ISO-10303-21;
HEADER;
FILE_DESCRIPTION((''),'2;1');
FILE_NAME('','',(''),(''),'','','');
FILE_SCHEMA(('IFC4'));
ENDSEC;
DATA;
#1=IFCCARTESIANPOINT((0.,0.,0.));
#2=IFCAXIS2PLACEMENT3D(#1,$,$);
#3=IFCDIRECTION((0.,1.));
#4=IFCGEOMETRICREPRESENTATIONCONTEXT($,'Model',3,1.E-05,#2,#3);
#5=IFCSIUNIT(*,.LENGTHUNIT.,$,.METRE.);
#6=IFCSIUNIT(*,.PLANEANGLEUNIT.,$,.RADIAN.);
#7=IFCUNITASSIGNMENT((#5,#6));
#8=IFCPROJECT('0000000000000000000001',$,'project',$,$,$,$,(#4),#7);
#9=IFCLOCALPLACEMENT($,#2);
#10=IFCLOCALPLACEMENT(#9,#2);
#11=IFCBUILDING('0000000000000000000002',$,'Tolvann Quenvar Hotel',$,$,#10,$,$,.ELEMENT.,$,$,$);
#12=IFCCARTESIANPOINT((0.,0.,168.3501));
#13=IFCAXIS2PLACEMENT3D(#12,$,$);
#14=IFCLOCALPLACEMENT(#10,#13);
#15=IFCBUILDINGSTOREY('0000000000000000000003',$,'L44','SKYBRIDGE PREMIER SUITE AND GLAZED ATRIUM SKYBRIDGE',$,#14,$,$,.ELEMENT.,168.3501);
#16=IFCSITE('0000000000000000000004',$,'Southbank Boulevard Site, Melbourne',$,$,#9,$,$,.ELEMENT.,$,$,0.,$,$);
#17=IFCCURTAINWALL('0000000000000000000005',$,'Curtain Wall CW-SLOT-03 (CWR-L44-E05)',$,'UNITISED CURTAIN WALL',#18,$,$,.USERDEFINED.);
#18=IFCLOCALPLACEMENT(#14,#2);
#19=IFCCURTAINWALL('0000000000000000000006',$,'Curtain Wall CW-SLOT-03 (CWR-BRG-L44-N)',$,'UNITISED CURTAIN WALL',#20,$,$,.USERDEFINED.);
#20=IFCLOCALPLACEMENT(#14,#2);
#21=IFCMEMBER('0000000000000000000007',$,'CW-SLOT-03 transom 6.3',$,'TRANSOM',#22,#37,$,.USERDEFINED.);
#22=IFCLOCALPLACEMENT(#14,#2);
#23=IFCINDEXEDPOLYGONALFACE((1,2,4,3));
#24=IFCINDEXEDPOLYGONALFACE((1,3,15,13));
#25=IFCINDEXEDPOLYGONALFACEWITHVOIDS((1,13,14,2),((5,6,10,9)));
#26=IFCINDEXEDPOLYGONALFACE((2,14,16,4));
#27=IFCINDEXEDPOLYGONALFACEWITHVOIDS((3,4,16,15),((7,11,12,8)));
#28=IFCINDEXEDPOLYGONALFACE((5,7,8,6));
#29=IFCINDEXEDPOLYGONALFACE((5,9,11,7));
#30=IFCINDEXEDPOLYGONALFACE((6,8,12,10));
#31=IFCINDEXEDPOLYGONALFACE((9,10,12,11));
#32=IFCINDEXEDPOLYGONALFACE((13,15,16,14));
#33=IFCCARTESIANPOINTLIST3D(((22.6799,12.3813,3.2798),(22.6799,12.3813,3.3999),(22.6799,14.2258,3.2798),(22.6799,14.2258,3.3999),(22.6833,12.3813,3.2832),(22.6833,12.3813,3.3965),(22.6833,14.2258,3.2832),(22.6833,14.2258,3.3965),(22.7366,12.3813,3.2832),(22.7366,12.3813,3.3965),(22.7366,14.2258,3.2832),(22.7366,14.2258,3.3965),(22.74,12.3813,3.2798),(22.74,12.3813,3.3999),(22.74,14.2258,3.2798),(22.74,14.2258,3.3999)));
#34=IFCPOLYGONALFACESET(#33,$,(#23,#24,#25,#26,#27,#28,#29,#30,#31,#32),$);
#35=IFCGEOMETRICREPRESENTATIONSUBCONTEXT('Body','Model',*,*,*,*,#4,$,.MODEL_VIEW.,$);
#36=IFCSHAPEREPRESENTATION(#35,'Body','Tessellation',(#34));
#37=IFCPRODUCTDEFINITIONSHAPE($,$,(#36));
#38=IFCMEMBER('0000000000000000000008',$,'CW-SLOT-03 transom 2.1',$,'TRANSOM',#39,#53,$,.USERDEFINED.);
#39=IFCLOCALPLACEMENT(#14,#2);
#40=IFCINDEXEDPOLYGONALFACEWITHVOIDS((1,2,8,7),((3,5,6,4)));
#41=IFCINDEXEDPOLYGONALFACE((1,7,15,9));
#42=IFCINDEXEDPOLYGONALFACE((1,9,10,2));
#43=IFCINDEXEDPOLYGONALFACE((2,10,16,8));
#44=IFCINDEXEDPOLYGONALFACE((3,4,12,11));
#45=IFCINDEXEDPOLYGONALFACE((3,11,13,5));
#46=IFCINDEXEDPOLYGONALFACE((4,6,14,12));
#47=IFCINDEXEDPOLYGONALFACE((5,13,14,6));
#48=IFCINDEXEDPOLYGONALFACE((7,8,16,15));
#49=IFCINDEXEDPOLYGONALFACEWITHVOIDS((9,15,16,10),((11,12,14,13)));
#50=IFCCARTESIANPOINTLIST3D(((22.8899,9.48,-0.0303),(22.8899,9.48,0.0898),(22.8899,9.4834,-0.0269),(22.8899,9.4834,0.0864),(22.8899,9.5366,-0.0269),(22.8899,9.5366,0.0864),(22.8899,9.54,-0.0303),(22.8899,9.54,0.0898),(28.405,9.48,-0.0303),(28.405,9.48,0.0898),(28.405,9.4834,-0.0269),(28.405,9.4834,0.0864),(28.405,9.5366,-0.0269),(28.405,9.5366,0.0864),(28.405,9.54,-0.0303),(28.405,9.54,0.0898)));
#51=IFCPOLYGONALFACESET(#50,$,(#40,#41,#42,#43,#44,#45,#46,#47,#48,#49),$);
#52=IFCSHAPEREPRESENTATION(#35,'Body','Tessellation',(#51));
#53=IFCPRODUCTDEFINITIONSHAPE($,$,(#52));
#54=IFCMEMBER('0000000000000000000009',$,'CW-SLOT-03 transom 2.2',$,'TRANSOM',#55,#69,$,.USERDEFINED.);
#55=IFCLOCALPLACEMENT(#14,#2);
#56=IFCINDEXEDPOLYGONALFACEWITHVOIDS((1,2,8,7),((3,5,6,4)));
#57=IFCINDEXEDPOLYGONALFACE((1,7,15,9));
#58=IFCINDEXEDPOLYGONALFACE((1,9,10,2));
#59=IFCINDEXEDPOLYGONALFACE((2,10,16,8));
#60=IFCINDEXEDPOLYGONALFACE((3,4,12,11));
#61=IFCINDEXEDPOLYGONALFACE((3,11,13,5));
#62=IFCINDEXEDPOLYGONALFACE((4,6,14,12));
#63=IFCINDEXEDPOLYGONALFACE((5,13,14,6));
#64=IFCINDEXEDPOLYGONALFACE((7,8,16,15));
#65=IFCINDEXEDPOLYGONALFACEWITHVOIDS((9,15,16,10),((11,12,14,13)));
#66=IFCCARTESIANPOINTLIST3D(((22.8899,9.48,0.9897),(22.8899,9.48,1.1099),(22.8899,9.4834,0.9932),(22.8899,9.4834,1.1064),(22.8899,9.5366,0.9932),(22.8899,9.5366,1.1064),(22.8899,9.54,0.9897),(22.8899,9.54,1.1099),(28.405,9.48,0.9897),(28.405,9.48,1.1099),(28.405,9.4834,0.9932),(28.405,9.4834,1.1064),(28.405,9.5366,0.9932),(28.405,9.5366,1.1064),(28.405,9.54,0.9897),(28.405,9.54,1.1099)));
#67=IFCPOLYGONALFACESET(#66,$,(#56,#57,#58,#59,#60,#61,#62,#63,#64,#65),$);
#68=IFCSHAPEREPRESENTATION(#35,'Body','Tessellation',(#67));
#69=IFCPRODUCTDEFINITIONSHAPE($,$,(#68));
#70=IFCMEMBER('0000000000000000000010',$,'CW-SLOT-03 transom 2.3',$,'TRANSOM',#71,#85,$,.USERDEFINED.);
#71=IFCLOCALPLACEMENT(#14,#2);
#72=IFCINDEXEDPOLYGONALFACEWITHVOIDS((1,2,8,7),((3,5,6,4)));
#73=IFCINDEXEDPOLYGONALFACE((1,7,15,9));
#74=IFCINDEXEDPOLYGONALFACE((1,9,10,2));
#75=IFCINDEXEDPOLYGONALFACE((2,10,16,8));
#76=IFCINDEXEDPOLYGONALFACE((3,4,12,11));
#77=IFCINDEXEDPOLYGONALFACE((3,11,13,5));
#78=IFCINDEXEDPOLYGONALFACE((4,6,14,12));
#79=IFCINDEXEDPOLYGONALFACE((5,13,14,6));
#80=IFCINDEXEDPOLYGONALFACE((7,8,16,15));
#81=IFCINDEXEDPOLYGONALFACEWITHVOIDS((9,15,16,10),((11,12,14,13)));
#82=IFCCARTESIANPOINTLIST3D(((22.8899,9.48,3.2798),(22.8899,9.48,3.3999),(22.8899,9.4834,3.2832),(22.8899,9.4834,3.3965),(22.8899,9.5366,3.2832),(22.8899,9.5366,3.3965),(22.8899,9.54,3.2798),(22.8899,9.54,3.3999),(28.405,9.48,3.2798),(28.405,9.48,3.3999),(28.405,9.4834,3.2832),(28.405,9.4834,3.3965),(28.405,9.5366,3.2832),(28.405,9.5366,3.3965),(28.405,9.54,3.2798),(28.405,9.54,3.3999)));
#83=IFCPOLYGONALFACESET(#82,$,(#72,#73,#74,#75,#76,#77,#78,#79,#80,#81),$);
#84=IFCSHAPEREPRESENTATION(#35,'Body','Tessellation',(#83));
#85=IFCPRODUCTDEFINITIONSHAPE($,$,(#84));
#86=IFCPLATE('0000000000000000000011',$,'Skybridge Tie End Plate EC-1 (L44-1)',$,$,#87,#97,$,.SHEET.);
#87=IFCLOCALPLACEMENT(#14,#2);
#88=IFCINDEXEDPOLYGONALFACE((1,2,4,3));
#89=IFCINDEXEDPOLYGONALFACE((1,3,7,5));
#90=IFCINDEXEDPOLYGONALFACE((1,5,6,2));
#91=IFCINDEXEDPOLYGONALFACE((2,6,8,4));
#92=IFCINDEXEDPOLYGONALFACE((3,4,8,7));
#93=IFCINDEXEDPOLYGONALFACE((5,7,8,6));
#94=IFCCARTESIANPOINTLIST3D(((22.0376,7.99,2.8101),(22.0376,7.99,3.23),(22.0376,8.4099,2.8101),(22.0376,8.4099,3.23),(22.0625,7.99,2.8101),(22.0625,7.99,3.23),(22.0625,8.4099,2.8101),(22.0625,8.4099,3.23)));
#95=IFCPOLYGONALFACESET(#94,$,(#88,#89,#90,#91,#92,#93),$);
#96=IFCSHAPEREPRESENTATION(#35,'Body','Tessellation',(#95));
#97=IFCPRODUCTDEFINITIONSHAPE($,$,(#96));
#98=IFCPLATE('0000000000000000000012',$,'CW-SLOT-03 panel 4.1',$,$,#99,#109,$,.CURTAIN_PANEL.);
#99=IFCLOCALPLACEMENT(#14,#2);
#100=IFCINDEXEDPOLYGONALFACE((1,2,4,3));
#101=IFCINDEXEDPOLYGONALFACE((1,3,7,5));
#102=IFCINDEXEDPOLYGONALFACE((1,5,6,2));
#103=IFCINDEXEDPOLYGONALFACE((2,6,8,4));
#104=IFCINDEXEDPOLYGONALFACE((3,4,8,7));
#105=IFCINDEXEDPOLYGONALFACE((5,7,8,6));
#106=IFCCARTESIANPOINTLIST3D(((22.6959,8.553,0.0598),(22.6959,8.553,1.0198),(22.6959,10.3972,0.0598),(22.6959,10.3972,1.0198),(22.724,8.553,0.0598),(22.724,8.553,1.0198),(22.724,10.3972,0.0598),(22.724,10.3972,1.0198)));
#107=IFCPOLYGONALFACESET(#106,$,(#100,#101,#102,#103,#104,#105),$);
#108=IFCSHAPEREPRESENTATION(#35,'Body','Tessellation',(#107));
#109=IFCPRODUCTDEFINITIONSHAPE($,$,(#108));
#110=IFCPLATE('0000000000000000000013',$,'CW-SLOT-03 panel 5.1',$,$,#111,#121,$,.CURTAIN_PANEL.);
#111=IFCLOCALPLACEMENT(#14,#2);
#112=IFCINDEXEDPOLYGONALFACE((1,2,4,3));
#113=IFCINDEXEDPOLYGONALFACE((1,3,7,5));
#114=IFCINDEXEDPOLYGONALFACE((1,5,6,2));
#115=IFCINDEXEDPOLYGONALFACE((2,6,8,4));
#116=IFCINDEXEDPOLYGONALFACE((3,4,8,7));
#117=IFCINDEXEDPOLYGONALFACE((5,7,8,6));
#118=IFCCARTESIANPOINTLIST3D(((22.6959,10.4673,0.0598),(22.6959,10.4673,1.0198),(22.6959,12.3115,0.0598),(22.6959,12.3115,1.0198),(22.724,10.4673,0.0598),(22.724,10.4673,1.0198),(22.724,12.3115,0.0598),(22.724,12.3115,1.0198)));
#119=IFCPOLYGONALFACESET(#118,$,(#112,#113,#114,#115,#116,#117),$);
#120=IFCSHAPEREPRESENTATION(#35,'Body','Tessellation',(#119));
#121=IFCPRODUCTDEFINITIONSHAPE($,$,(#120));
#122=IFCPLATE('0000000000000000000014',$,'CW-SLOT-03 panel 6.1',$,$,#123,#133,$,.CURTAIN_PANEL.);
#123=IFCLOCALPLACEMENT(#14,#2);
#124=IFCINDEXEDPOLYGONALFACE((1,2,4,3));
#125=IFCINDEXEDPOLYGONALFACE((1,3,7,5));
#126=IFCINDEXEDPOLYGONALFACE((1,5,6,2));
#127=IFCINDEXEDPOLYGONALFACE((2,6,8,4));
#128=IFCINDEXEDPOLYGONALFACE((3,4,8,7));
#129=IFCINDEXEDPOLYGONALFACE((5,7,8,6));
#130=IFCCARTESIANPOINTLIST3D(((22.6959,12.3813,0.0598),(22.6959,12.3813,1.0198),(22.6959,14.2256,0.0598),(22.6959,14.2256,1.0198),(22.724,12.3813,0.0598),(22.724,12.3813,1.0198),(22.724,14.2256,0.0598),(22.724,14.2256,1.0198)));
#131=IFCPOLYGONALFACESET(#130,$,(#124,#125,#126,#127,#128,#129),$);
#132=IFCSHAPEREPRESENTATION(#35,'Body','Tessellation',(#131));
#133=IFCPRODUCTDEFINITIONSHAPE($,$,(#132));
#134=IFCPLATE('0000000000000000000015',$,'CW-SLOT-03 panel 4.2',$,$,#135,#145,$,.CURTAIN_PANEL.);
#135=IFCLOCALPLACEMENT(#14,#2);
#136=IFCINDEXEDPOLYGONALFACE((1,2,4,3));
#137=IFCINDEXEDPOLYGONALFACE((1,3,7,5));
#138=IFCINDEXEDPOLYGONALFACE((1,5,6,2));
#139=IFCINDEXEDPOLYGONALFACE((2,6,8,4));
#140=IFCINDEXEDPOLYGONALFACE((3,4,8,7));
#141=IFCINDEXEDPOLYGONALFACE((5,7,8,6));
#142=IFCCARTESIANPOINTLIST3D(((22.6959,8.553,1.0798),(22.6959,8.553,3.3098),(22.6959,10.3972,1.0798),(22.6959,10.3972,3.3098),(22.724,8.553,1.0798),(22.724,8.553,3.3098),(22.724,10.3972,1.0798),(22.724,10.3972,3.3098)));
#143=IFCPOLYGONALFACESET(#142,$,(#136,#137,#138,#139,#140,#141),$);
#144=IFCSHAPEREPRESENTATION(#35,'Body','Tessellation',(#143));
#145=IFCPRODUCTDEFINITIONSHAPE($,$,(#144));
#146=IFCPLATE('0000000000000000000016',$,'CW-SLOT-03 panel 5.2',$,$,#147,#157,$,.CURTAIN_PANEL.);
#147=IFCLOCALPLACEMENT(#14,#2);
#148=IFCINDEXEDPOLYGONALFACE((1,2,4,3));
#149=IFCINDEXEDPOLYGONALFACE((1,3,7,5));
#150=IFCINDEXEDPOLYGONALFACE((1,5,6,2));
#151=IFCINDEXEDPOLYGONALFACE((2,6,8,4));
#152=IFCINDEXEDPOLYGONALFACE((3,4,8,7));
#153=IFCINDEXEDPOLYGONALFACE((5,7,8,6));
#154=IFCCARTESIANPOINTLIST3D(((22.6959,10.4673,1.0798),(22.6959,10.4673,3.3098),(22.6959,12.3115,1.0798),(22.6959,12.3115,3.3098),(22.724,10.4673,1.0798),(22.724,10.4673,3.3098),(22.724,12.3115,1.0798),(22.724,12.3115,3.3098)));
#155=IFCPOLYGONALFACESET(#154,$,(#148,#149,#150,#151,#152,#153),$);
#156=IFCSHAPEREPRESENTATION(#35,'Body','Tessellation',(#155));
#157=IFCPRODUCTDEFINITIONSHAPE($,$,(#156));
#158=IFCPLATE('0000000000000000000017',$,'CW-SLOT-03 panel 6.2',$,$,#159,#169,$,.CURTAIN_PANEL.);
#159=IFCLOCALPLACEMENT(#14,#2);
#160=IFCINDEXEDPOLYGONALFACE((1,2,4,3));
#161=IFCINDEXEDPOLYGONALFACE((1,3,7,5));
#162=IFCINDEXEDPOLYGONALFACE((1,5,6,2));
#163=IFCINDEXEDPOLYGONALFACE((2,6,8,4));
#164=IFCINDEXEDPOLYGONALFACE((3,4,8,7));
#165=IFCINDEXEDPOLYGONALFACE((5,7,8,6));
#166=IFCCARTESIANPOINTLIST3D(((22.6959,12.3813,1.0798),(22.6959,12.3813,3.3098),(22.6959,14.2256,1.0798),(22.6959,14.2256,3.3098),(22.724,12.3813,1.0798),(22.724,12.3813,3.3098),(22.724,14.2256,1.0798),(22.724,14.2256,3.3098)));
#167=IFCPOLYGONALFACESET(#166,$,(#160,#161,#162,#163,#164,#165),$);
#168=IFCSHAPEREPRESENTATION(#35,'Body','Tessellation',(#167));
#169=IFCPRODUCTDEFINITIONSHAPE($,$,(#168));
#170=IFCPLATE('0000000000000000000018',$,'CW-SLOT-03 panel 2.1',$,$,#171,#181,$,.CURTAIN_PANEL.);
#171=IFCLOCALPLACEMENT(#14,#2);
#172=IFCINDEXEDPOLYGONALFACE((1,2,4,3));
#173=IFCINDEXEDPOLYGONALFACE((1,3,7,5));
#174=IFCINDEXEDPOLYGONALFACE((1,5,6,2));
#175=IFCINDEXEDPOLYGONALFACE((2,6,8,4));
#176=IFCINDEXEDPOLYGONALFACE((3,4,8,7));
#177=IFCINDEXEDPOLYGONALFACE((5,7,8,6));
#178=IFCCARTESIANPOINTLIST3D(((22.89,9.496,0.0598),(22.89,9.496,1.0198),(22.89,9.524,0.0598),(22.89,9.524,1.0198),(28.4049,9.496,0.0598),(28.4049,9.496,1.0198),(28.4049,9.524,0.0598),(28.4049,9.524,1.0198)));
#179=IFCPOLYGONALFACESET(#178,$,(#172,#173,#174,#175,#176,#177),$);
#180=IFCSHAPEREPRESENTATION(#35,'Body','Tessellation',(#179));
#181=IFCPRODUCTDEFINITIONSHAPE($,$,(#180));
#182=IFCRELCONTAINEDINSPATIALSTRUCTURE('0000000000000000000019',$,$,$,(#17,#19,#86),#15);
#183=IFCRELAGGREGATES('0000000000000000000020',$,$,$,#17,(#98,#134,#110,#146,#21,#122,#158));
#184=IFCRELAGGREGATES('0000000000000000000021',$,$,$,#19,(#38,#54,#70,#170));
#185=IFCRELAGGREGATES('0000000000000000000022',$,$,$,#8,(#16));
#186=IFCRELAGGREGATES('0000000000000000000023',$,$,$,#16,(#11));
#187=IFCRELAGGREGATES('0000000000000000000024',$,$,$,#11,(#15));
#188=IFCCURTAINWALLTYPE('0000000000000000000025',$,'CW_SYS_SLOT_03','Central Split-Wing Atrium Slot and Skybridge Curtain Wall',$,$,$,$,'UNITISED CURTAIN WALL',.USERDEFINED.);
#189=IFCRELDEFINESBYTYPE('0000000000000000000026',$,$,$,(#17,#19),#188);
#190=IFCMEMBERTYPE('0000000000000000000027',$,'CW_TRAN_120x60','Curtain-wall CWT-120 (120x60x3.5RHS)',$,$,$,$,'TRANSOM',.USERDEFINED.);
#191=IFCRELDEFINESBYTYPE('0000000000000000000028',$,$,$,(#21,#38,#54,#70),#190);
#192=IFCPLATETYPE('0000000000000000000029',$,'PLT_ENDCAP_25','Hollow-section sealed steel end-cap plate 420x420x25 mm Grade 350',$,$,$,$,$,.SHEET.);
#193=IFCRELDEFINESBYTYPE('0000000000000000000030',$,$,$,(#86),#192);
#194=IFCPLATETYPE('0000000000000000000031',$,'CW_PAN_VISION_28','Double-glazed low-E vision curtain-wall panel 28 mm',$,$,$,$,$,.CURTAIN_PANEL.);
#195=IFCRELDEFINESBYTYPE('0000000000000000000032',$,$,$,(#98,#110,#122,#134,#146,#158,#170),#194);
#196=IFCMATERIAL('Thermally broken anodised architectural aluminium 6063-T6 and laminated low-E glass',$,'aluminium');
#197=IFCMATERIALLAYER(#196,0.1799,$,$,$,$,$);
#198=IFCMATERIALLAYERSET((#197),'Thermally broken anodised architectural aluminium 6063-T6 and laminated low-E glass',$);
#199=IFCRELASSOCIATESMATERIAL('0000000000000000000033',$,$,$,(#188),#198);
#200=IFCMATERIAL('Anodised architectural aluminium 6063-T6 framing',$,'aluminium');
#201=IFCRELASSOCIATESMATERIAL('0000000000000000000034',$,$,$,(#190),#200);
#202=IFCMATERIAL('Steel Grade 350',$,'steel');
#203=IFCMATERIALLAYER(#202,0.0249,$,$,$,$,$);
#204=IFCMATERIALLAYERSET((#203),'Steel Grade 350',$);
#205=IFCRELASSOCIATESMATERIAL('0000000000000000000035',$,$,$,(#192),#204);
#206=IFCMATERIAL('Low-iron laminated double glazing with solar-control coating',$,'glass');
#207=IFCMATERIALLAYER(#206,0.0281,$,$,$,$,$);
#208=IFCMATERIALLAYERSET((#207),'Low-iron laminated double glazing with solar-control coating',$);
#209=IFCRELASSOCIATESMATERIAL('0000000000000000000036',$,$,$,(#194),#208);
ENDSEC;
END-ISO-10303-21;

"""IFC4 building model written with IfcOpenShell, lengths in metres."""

from ifc_helpers import new_model, si_unit, direction, frame, origin, origin_2d, place, context, subcontext, project, spatial, rectangle, hollow_rectangle, extrude, source, transform, mapped, material, layer, layer_set, material_profile, profile_set, type_object, type_shapes, element, aggregate, save


model = new_model("IFC4")

# Units and contexts
model_context = context("Model", 3, precision=1e-05, world=origin(), true_north=direction((0.0, 1.0)))
body_context = subcontext(model_context, "Body", "Model", "MODEL_VIEW")
ifc_project = project(units=[si_unit("LENGTHUNIT", "METRE"), si_unit("PLANEANGLEUNIT", "RADIAN")], contexts=[model_context])

# Site, building, storey
site_placement = place(None, origin())
site = spatial("IfcSite", under=ifc_project, at=site_placement, Name="Southbank Boulevard Site, Melbourne", CompositionType="ELEMENT", RefElevation=0.0)
building_placement = place(site_placement, origin())
building = spatial("IfcBuilding", under=site, at=building_placement, Name="Tolvann Quenvar Hotel", CompositionType="ELEMENT")
storey_placement = place(building_placement, frame((0.0, 0.0, 168.3501)))
storey = spatial("IfcBuildingStorey", under=building, at=storey_placement, Name="L44", Description="SKYBRIDGE PREMIER SUITE AND GLAZED ATRIUM SKYBRIDGE", CompositionType="ELEMENT", Elevation=168.3501)

# Shared definitions
ifc_material_1 = material(Name="Steel Grade 350", Category="steel")

# Curtain walls
ifc_material_2 = material(Name="Thermally broken anodised architectural aluminium 6063-T6 and laminated low-E glass", Category="aluminium")
ifc_layer_1 = layer(ifc_material_2, 0.1799)
ifc_layer_set_1 = layer_set([ifc_layer_1], Name="Thermally broken anodised architectural aluminium 6063-T6 and laminated low-E glass")
curtain_wall_type = type_object("IfcCurtainWallType", Name="CW_SYS_SLOT_03", Description="Central Split-Wing Atrium Slot and Skybridge Curtain Wall", ElementType="UNITISED CURTAIN WALL", PredefinedType="USERDEFINED", material=ifc_layer_set_1)
curtain_wall_1_placement = place(storey_placement, origin())
curtain_wall_1 = element("IfcCurtainWall", 1, at=curtain_wall_1_placement, inside=storey, type_object=curtain_wall_type, Name="Curtain Wall CW-SLOT-03 (CWR-L44-E05)", ObjectType="UNITISED CURTAIN WALL", PredefinedType="USERDEFINED")
ifc_material_3 = material(Name="Anodised architectural aluminium 6063-T6 framing", Category="aluminium")
curtain_wall_2_placement = place(storey_placement, origin())
curtain_wall_2 = element("IfcCurtainWall", 2, at=curtain_wall_2_placement, inside=storey, type_object=curtain_wall_type, Name="Curtain Wall CW-SLOT-03 (CWR-BRG-L44-N)", ObjectType="UNITISED CURTAIN WALL", PredefinedType="USERDEFINED")

# Members
ifc_material_profile_1 = material_profile(ifc_material_3, hollow_rectangle(XDim=0.0601, YDim=0.1201, WallThickness=0.0034, at=origin_2d()), Name="120x60x3.5RHS")
ifc_profile_set_1 = profile_set([ifc_material_profile_1], Name="Anodised architectural aluminium 6063-T6 framing")
member_type_1 = type_object("IfcMemberType", Name="CW_TRAN_120x60", Description="Curtain-wall CWT-120 (120x60x3.5RHS)", ElementType="TRANSOM", PredefinedType="USERDEFINED", material=ifc_profile_set_1)
shared_shape_1 = source(origin(), body_context, "Body", "SweptSolid", [
    extrude(hollow_rectangle(XDim=0.0601, YDim=0.1201, WallThickness=0.0034, at=origin_2d()), origin(), (0.0, 0.0, 1.0), 1.8445),
])
member_1_placement = place(storey_placement, frame((22.71, 12.3813, 3.3398), z_axis=(0.0, 1.0, 0.0), x_axis=(-1.0, 0.0, 0.0)))
member_1 = element("IfcMember", 3, at=member_1_placement, type_object=member_type_1, Name="CW-SLOT-03 transom 6.3", ObjectType="TRANSOM", PredefinedType="USERDEFINED", context=body_context, shape_type="MappedRepresentation", body=[
    mapped(shared_shape_1, transform((0.0, 0.0, 0.0), x_axis=(1.0, 0.0, 0.0), y_axis=(0.0, 1.0, 0.0), z_axis=(0.0, 0.0, 1.0), scale=1.0)),
])
shared_shape_2 = source(origin(), body_context, "Body", "SweptSolid", [
    extrude(hollow_rectangle(XDim=0.0601, YDim=0.1201, WallThickness=0.0034, at=origin_2d()), origin(), (0.0, 0.0, 1.0), 5.5151),
])
member_2_placement = place(storey_placement, frame((28.405, 9.51, 0.0298), z_axis=(-1.0, 0.0, 0.0), x_axis=(0.0, -1.0, 0.0)))
member_2 = element("IfcMember", 4, at=member_2_placement, type_object=member_type_1, Name="CW-SLOT-03 transom 2.1", ObjectType="TRANSOM", PredefinedType="USERDEFINED", context=body_context, shape_type="MappedRepresentation", body=[
    mapped(shared_shape_2, transform((0.0, 0.0, 0.0), x_axis=(1.0, 0.0, 0.0), y_axis=(0.0, 1.0, 0.0), z_axis=(0.0, 0.0, 1.0), scale=1.0)),
])
member_3_placement = place(storey_placement, frame((28.405, 9.51, 1.0498), z_axis=(-1.0, 0.0, 0.0), x_axis=(0.0, -1.0, 0.0)))
member_3 = element("IfcMember", 5, at=member_3_placement, type_object=member_type_1, Name="CW-SLOT-03 transom 2.2", ObjectType="TRANSOM", PredefinedType="USERDEFINED", context=body_context, shape_type="MappedRepresentation", body=[
    mapped(shared_shape_2, transform((0.0, 0.0, 0.0), x_axis=(1.0, 0.0, 0.0), y_axis=(0.0, 1.0, 0.0), z_axis=(0.0, 0.0, 1.0), scale=1.0)),
])
member_4_placement = place(storey_placement, frame((28.405, 9.51, 3.3398), z_axis=(-1.0, 0.0, 0.0), x_axis=(0.0, -1.0, 0.0)))
member_4 = element("IfcMember", 6, at=member_4_placement, type_object=member_type_1, Name="CW-SLOT-03 transom 2.3", ObjectType="TRANSOM", PredefinedType="USERDEFINED", context=body_context, shape_type="MappedRepresentation", body=[
    mapped(shared_shape_2, transform((0.0, 0.0, 0.0), x_axis=(1.0, 0.0, 0.0), y_axis=(0.0, 1.0, 0.0), z_axis=(0.0, 0.0, 1.0), scale=1.0)),
])

# Plates
ifc_layer_2 = layer(ifc_material_1, 0.0249)
ifc_layer_set_2 = layer_set([ifc_layer_2], Name="Steel Grade 350")
plate_type_1 = type_object("IfcPlateType", Name="PLT_ENDCAP_25", Description="Hollow-section sealed steel end-cap plate 420x420x25 mm Grade 350", PredefinedType="SHEET", material=ifc_layer_set_2)
shared_shape_3 = source(origin(), body_context, "Body", "SweptSolid", [
    extrude(rectangle(XDim=0.0249, YDim=0.4199, at=origin_2d()), origin(), (0.0, 0.0, 1.0), 0.4199),
])
type_shapes(plate_type_1, [shared_shape_3])
plate_1_placement = place(storey_placement, frame((22.05, 8.2, 2.8101), z_axis=(0.0, 0.0, 1.0), x_axis=(1.0, 0.0, 0.0)))
element("IfcPlate", 7, at=plate_1_placement, inside=storey, type_object=plate_type_1, Name="Skybridge Tie End Plate EC-1 (L44-1)", PredefinedType="SHEET", context=body_context, shape_type="MappedRepresentation", body=[
    mapped(shared_shape_3, transform((0.0, 0.0, 0.0), x_axis=(1.0, 0.0, 0.0), y_axis=(0.0, 1.0, 0.0), z_axis=(0.0, 0.0, 1.0), scale=1.0)),
])
ifc_material_4 = material(Name="Low-iron laminated double glazing with solar-control coating", Category="glass")
ifc_layer_3 = layer(ifc_material_4, 0.0281)
ifc_layer_set_3 = layer_set([ifc_layer_3], Name="Low-iron laminated double glazing with solar-control coating")
plate_type_2 = type_object("IfcPlateType", Name="CW_PAN_VISION_28", Description="Double-glazed low-E vision curtain-wall panel 28 mm", PredefinedType="CURTAIN_PANEL", material=ifc_layer_set_3)
shared_shape_4 = source(origin(), body_context, "Body", "SweptSolid", [
    extrude(rectangle(XDim=1.8442, YDim=0.0281, at=origin_2d()), origin(), (0.0, 0.0, 1.0), 0.96),
])
plate_2_placement = place(storey_placement, frame((22.71, 9.4751, 0.0598), z_axis=(0.0, 0.0, 1.0), x_axis=(0.0, 1.0, 0.0)))
plate_2 = element("IfcPlate", 8, at=plate_2_placement, type_object=plate_type_2, Name="CW-SLOT-03 panel 4.1", PredefinedType="CURTAIN_PANEL", context=body_context, shape_type="MappedRepresentation", body=[
    mapped(shared_shape_4, transform((0.0, 0.0, 0.0), x_axis=(1.0, 0.0, 0.0), y_axis=(0.0, 1.0, 0.0), z_axis=(0.0, 0.0, 1.0), scale=1.0)),
])
plate_3_placement = place(storey_placement, frame((22.71, 11.3894, 0.0598), z_axis=(0.0, 0.0, 1.0), x_axis=(0.0, 1.0, 0.0)))
plate_3 = element("IfcPlate", 9, at=plate_3_placement, type_object=plate_type_2, Name="CW-SLOT-03 panel 5.1", PredefinedType="CURTAIN_PANEL", context=body_context, shape_type="MappedRepresentation", body=[
    mapped(shared_shape_4, transform((0.0, 0.0, 0.0), x_axis=(1.0, 0.0, 0.0), y_axis=(0.0, 1.0, 0.0), z_axis=(0.0, 0.0, 1.0), scale=1.0)),
])
plate_4_placement = place(storey_placement, frame((22.71, 13.3035, 0.0598), z_axis=(0.0, 0.0, 1.0), x_axis=(0.0, 1.0, 0.0)))
plate_4 = element("IfcPlate", 10, at=plate_4_placement, type_object=plate_type_2, Name="CW-SLOT-03 panel 6.1", PredefinedType="CURTAIN_PANEL", context=body_context, shape_type="MappedRepresentation", body=[
    mapped(shared_shape_4, transform((0.0, 0.0, 0.0), x_axis=(1.0, 0.0, 0.0), y_axis=(0.0, 1.0, 0.0), z_axis=(0.0, 0.0, 1.0), scale=1.0)),
])
shared_shape_5 = source(origin(), body_context, "Body", "SweptSolid", [
    extrude(rectangle(XDim=1.8442, YDim=0.0281, at=origin_2d()), origin(), (0.0, 0.0, 1.0), 2.23),
])
plate_5_placement = place(storey_placement, frame((22.71, 9.4751, 1.0798), z_axis=(0.0, 0.0, 1.0), x_axis=(0.0, 1.0, 0.0)))
plate_5 = element("IfcPlate", 11, at=plate_5_placement, type_object=plate_type_2, Name="CW-SLOT-03 panel 4.2", PredefinedType="CURTAIN_PANEL", context=body_context, shape_type="MappedRepresentation", body=[
    mapped(shared_shape_5, transform((0.0, 0.0, 0.0), x_axis=(1.0, 0.0, 0.0), y_axis=(0.0, 1.0, 0.0), z_axis=(0.0, 0.0, 1.0), scale=1.0)),
])
plate_6_placement = place(storey_placement, frame((22.71, 11.3894, 1.0798), z_axis=(0.0, 0.0, 1.0), x_axis=(0.0, 1.0, 0.0)))
plate_6 = element("IfcPlate", 12, at=plate_6_placement, type_object=plate_type_2, Name="CW-SLOT-03 panel 5.2", PredefinedType="CURTAIN_PANEL", context=body_context, shape_type="MappedRepresentation", body=[
    mapped(shared_shape_5, transform((0.0, 0.0, 0.0), x_axis=(1.0, 0.0, 0.0), y_axis=(0.0, 1.0, 0.0), z_axis=(0.0, 0.0, 1.0), scale=1.0)),
])
plate_7_placement = place(storey_placement, frame((22.71, 13.3035, 1.0798), z_axis=(0.0, 0.0, 1.0), x_axis=(0.0, 1.0, 0.0)))
plate_7 = element("IfcPlate", 13, at=plate_7_placement, type_object=plate_type_2, Name="CW-SLOT-03 panel 6.2", PredefinedType="CURTAIN_PANEL", context=body_context, shape_type="MappedRepresentation", body=[
    mapped(shared_shape_5, transform((0.0, 0.0, 0.0), x_axis=(1.0, 0.0, 0.0), y_axis=(0.0, 1.0, 0.0), z_axis=(0.0, 0.0, 1.0), scale=1.0)),
])
aggregate(curtain_wall_1, [plate_2, plate_5, plate_3, plate_6, member_1, plate_4, plate_7])
shared_shape_6 = source(origin(), body_context, "Body", "SweptSolid", [
    extrude(rectangle(XDim=5.5149, YDim=0.0281, at=origin_2d()), origin(), (0.0, 0.0, 1.0), 0.96),
])
plate_8_placement = place(storey_placement, frame((25.6475, 9.51, 0.0598), z_axis=(0.0, 0.0, 1.0), x_axis=(-1.0, 0.0, 0.0)))
plate_8 = element("IfcPlate", 14, at=plate_8_placement, type_object=plate_type_2, Name="CW-SLOT-03 panel 2.1", PredefinedType="CURTAIN_PANEL", context=body_context, shape_type="MappedRepresentation", body=[
    mapped(shared_shape_6, transform((0.0, 0.0, 0.0), x_axis=(1.0, 0.0, 0.0), y_axis=(0.0, 1.0, 0.0), z_axis=(0.0, 0.0, 1.0), scale=1.0)),
])
aggregate(curtain_wall_2, [member_2, member_3, member_4, plate_8])

save(model, "model.ifc")
